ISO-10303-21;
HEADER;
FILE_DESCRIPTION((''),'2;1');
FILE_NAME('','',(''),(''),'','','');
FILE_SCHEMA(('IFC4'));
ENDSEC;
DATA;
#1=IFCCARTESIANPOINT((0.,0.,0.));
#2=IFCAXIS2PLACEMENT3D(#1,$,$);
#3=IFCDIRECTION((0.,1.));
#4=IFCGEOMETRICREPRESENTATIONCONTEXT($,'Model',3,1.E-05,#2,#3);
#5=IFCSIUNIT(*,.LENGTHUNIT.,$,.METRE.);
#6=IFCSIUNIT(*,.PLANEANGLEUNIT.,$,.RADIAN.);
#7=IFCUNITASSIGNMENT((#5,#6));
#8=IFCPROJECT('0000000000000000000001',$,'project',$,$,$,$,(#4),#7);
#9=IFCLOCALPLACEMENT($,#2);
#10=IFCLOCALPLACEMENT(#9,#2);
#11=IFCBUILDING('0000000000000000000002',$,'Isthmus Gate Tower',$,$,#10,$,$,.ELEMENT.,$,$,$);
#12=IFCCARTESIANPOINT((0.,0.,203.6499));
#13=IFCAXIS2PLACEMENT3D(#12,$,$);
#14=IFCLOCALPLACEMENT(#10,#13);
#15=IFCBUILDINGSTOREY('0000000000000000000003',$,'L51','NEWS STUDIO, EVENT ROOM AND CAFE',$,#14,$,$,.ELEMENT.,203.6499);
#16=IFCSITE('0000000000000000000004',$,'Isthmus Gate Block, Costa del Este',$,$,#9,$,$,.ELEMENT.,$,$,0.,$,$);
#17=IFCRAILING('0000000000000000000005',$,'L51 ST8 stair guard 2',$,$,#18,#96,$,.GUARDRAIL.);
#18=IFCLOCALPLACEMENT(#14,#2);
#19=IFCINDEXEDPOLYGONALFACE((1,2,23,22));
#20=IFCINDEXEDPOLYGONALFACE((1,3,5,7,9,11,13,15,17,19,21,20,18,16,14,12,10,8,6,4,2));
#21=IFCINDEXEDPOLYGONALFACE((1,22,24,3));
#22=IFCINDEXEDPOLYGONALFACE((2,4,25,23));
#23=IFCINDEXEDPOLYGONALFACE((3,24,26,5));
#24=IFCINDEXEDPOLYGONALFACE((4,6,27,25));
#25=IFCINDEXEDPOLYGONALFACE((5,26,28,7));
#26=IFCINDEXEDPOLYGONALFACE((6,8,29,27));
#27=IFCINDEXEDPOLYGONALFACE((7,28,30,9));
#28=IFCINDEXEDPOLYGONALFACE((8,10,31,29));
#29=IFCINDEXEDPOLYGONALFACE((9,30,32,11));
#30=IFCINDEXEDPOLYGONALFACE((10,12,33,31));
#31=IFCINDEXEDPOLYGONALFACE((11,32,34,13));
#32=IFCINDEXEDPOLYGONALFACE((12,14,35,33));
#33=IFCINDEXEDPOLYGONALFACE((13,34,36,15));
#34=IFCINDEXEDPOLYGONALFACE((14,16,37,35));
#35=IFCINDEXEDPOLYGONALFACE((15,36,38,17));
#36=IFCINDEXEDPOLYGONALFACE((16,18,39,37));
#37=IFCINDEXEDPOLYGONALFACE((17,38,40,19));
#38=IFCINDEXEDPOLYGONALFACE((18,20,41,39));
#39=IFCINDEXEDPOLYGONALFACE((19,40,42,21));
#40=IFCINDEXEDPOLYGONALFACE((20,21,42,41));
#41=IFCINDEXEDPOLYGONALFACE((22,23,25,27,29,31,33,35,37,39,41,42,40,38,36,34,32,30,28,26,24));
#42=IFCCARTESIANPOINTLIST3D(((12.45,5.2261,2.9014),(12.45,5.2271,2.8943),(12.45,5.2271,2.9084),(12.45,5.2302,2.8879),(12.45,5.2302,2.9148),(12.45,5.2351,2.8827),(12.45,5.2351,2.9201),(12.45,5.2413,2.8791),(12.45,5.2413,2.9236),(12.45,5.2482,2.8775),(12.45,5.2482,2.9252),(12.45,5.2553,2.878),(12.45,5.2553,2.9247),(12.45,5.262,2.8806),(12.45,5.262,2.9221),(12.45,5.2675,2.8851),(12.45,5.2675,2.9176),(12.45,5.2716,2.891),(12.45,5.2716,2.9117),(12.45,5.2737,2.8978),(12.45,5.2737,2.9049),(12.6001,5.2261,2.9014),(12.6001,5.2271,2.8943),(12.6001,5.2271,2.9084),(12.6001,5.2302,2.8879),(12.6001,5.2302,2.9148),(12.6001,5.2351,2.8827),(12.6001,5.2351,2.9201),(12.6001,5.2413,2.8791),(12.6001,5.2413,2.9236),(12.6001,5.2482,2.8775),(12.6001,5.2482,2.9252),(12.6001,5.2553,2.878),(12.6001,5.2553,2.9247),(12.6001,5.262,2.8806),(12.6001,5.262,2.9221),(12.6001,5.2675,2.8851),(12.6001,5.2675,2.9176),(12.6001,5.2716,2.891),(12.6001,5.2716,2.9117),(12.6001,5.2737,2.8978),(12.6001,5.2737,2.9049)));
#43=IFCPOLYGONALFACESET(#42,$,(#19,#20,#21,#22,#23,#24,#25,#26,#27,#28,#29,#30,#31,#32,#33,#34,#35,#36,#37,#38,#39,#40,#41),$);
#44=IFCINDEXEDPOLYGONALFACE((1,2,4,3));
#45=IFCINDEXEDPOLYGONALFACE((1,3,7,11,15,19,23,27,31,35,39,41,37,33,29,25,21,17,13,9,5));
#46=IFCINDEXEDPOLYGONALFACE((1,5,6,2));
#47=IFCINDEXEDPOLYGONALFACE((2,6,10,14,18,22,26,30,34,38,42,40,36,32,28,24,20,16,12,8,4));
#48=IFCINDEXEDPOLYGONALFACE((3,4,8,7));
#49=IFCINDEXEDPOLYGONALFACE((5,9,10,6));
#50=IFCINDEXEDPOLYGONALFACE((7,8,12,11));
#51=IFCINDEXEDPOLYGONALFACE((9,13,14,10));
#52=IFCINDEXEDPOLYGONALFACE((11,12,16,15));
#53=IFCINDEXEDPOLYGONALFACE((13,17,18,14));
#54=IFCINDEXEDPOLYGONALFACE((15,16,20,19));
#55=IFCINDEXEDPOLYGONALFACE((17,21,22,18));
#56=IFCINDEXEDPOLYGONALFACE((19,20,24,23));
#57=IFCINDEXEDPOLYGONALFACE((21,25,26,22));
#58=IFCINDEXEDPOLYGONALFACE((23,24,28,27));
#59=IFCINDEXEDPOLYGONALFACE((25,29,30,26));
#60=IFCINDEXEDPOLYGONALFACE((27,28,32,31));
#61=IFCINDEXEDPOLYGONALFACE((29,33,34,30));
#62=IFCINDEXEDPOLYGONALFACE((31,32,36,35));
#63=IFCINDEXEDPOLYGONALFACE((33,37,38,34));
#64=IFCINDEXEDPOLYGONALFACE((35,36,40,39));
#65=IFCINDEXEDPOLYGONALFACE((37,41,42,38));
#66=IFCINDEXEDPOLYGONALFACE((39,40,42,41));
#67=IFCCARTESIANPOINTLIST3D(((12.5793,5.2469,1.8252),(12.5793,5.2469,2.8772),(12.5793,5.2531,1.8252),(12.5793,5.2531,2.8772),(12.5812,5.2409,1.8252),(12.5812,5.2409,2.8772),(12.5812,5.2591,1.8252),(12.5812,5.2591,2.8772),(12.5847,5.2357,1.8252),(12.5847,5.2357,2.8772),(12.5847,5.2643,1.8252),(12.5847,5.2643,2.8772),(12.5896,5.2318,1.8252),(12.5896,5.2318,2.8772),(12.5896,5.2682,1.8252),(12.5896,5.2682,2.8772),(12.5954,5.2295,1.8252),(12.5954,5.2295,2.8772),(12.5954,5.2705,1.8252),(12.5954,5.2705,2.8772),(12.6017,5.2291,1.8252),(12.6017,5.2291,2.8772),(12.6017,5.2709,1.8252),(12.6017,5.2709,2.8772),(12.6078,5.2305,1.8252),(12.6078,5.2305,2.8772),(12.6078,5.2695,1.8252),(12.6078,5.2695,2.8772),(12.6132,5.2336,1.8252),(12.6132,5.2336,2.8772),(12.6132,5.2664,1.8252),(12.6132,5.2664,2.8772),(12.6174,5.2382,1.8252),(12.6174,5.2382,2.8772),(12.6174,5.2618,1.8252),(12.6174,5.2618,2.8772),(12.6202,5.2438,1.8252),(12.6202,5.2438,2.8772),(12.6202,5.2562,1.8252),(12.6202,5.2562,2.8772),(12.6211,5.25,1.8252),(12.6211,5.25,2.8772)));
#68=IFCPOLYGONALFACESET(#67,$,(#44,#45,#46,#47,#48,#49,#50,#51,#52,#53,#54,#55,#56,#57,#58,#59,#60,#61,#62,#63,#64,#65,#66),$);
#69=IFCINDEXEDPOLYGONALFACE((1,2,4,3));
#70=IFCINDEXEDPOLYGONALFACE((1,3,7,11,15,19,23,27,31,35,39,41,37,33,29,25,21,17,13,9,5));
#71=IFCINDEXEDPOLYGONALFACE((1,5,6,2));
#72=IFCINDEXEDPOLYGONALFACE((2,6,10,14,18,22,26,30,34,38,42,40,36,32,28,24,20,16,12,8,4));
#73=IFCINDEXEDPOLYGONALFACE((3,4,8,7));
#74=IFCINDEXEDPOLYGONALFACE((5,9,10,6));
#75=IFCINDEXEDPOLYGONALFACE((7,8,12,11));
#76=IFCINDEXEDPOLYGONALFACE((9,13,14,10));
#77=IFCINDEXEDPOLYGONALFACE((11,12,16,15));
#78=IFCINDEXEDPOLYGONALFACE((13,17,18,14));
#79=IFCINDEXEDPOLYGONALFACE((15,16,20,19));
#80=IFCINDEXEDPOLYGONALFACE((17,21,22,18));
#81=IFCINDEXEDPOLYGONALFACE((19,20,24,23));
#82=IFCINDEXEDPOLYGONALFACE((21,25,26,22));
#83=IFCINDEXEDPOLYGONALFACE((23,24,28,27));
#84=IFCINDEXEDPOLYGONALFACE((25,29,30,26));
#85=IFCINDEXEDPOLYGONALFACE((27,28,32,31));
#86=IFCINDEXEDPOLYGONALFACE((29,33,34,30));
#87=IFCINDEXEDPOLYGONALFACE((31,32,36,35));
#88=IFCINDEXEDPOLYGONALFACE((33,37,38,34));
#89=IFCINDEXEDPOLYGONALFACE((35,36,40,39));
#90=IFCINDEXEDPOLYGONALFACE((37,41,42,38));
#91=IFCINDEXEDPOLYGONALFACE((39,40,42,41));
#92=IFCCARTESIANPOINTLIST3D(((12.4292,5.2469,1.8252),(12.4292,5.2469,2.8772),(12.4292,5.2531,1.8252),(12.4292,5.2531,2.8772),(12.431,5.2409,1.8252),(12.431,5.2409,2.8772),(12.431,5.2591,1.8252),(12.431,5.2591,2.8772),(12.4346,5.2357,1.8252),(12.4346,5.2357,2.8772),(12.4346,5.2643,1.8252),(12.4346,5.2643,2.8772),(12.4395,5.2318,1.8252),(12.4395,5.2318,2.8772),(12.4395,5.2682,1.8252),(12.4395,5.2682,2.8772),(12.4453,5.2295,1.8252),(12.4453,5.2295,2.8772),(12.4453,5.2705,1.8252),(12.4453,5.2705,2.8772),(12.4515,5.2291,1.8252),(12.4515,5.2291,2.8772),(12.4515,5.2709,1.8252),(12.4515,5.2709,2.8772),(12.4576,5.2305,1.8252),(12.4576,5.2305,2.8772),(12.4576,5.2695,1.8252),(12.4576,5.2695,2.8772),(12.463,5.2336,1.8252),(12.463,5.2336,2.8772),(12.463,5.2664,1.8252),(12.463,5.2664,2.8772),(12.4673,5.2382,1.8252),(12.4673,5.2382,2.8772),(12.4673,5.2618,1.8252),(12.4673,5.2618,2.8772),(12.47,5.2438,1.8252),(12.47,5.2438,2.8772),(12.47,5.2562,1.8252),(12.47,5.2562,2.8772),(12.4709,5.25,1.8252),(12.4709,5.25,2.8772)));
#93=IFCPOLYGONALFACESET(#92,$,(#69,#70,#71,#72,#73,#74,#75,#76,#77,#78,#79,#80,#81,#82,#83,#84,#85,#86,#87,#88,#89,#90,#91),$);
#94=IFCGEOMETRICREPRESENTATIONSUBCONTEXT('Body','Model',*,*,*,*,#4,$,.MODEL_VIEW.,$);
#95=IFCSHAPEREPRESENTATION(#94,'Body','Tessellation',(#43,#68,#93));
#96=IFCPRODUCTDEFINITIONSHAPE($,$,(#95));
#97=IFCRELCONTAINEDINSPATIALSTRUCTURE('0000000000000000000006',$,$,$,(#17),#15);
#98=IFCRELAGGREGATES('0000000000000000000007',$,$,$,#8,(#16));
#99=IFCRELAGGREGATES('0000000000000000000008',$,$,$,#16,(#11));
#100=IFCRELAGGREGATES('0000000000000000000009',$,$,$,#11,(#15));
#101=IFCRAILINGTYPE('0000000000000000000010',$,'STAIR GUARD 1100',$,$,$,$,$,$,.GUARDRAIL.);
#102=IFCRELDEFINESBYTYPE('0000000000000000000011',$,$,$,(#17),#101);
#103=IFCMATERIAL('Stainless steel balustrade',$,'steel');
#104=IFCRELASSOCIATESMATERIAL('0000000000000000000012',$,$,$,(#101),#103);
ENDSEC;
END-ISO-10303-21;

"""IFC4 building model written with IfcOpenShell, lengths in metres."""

from ifc_helpers import new_model, si_unit, direction, frame, origin, origin_2d, place, context, subcontext, project, spatial, circle, extrude, material, type_object, element, save


model = new_model("IFC4")

# Units and contexts
model_context = context("Model", 3, precision=1e-05, world=origin(), true_north=direction((0.0, 1.0)))
body_context = subcontext(model_context, "Body", "Model", "MODEL_VIEW")
ifc_project = project(units=[si_unit("LENGTHUNIT", "METRE"), si_unit("PLANEANGLEUNIT", "RADIAN")], contexts=[model_context])

# Site, building, storey
site_placement = place(None, origin())
site = spatial("IfcSite", under=ifc_project, at=site_placement, Name="Isthmus Gate Block, Costa del Este", CompositionType="ELEMENT", RefElevation=0.0)
building_placement = place(site_placement, origin())
building = spatial("IfcBuilding", under=site, at=building_placement, Name="Isthmus Gate Tower", CompositionType="ELEMENT")
storey_placement = place(building_placement, frame((0.0, 0.0, 203.6499)))
storey = spatial("IfcBuildingStorey", under=building, at=storey_placement, Name="L51", Description="NEWS STUDIO, EVENT ROOM AND CAFE", CompositionType="ELEMENT", Elevation=203.6499)

# Railing
ifc_material_1 = material(Name="Stainless steel balustrade", Category="steel")
railing_type_1 = type_object("IfcRailingType", Name="STAIR GUARD 1100", PredefinedType="GUARDRAIL", material=ifc_material_1)
railing_1_placement = place(storey_placement, frame((12.6001, 5.25, 1.8252)))
element("IfcRailing", 1, at=railing_1_placement, inside=storey, type_object=railing_type_1, Name="L51 ST8 stair guard 2", PredefinedType="GUARDRAIL", context=body_context, shape_type="SweptSolid", body=[
    extrude(circle(Radius=0.0239, at=origin_2d()), frame((0.0, 0.0, 1.0762), z_axis=(-1.0, 0.0, 0.0), x_axis=(0.0, -1.0, 0.0)), (0.0, 0.0, 1.0), 0.1501),
    extrude(circle(Radius=0.021, at=origin_2d()), origin(), (0.0, 0.0, 1.0), 1.052),
    extrude(circle(Radius=0.021, at=origin_2d()), frame((-0.1501, 0.0, 0.0)), (0.0, 0.0, 1.0), 1.052),
])

save(model, "model.ifc")
